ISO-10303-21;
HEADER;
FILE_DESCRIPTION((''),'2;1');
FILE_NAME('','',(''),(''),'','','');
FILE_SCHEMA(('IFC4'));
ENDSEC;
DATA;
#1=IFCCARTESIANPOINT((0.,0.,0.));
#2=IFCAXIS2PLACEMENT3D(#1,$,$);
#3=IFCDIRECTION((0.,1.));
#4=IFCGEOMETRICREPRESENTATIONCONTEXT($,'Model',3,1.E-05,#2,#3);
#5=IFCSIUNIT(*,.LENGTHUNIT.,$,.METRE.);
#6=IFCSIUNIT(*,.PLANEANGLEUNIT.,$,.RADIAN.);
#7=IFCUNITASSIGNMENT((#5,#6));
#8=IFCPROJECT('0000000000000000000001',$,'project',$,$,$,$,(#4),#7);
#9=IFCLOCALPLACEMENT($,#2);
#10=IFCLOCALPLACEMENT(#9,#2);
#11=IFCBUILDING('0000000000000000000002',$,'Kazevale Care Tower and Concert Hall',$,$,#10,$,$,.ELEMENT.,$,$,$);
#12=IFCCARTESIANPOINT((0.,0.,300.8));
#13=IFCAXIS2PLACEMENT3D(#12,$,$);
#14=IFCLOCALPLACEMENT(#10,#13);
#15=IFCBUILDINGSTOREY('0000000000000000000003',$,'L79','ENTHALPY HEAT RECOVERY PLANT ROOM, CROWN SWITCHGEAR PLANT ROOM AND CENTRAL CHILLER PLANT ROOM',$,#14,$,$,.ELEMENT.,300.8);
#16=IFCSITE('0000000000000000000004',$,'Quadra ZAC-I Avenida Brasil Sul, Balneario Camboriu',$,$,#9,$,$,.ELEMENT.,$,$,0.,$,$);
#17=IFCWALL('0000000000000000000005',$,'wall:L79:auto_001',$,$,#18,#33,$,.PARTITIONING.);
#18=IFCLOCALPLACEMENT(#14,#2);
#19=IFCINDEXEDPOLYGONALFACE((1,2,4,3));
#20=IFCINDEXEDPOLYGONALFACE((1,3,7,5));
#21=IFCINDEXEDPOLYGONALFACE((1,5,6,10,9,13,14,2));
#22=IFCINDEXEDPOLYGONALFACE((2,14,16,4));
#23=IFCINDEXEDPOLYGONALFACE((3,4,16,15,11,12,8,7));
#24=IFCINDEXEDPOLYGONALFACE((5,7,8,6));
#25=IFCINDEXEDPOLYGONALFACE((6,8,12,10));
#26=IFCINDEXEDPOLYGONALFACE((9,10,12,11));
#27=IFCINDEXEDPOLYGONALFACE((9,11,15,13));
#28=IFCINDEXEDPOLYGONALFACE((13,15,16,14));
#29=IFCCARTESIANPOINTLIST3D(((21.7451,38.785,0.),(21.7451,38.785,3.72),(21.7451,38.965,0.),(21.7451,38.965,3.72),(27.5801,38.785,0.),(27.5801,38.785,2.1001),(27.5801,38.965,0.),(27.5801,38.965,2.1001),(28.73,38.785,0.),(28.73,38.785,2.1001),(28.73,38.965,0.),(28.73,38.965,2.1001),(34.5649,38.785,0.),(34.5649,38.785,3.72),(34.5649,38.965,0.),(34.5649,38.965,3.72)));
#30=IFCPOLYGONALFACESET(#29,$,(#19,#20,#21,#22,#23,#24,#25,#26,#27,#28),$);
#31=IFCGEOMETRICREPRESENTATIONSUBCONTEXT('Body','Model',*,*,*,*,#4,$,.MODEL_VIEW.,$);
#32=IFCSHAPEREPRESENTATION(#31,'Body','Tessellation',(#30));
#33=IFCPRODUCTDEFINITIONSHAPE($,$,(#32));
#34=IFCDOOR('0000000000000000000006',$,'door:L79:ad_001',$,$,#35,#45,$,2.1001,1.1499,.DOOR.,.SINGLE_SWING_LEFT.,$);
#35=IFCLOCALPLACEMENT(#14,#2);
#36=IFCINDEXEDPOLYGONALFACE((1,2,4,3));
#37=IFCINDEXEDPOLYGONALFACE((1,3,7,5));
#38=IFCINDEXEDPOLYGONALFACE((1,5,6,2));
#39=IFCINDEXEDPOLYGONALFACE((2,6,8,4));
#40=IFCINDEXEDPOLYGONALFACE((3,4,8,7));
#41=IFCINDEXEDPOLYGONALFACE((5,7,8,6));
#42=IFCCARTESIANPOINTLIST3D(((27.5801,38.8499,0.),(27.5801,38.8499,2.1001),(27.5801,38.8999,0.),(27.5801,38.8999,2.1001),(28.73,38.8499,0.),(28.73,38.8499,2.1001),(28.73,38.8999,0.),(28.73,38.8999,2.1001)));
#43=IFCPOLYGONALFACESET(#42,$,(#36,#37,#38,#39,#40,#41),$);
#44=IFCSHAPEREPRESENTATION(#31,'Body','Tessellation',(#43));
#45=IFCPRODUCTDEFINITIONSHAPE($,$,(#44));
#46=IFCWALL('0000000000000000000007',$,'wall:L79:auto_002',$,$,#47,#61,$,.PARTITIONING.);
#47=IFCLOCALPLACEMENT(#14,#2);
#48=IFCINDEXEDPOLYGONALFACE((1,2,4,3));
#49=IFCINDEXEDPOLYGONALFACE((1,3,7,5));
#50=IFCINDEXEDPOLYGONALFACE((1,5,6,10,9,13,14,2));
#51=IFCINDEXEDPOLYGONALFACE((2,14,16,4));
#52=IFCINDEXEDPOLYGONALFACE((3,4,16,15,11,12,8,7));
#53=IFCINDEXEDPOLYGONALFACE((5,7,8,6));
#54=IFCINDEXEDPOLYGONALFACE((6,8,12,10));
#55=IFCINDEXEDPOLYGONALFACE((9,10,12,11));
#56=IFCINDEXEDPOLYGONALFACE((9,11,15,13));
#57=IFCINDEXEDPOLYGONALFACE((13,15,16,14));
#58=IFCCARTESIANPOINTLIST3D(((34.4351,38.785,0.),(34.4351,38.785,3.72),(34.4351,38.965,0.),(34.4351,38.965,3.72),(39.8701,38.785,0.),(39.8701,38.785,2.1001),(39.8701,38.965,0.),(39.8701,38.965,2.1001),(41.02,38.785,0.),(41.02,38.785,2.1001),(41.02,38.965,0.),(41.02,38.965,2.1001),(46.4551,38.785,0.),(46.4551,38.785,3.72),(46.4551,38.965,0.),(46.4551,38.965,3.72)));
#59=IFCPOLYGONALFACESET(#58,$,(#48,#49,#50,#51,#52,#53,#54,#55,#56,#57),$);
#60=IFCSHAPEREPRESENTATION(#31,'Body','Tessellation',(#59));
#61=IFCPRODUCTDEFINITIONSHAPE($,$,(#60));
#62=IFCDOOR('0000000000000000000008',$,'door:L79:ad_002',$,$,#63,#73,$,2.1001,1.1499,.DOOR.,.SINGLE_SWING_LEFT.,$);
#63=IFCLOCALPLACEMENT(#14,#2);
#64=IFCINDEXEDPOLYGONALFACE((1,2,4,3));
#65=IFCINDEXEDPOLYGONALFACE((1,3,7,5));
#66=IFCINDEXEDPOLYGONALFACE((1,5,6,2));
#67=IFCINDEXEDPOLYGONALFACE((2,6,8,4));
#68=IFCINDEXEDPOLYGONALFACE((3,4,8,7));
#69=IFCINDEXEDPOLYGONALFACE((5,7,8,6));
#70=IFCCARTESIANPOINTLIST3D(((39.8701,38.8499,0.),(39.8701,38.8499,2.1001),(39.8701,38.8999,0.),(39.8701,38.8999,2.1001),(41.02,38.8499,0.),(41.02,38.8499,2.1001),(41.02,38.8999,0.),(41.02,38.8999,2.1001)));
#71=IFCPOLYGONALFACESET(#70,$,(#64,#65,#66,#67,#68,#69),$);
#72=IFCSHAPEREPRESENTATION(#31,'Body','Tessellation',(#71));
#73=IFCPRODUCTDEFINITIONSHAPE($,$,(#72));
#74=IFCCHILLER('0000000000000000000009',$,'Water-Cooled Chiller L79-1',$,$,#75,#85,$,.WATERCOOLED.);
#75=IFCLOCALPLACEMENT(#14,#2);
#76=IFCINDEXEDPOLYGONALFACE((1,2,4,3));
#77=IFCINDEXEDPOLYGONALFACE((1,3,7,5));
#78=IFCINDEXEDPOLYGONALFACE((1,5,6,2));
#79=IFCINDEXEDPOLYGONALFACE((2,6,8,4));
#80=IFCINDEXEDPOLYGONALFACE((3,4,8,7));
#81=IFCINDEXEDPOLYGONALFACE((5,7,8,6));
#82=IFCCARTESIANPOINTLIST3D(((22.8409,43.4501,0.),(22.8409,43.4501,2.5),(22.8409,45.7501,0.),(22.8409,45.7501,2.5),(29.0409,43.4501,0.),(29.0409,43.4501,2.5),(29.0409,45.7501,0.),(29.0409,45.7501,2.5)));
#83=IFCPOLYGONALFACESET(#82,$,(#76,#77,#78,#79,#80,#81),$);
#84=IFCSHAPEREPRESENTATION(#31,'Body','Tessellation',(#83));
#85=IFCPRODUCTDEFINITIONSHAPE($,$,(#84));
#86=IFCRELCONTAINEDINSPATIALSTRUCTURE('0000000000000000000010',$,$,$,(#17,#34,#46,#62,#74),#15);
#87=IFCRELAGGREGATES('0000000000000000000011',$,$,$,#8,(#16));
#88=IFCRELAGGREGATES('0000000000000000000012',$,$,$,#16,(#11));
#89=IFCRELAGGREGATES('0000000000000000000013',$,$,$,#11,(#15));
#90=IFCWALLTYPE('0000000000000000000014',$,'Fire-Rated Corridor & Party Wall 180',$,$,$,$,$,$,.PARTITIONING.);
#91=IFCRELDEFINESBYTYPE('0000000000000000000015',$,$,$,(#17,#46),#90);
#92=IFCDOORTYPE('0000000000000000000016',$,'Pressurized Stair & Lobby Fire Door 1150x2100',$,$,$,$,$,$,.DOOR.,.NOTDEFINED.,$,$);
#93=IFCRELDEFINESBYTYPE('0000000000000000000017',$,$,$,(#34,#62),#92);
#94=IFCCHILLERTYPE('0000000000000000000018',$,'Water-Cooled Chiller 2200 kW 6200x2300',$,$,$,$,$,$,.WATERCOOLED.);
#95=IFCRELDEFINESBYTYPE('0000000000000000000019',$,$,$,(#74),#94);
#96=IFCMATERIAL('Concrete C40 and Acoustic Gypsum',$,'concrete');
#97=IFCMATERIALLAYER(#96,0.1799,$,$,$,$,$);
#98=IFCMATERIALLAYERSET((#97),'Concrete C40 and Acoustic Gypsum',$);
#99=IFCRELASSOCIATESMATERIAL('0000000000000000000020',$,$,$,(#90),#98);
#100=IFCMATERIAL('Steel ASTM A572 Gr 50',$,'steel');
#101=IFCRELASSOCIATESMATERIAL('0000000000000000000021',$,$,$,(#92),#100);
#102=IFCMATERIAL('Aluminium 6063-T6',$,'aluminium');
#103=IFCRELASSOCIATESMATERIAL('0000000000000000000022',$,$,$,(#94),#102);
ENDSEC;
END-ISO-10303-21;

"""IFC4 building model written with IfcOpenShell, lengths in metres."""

from ifc_helpers import new_model, si_unit, direction, frame, frame_2d, origin, origin_2d, place, context, subcontext, project, spatial, rectangle, extrude, material, layer, layer_set, type_object, element, fill, save


model = new_model("IFC4")

# Units and contexts
model_context = context("Model", 3, precision=1e-05, world=origin(), true_north=direction((0.0, 1.0)))
body_context = subcontext(model_context, "Body", "Model", "MODEL_VIEW")
ifc_project = project(units=[si_unit("LENGTHUNIT", "METRE"), si_unit("PLANEANGLEUNIT", "RADIAN")], contexts=[model_context])

# Site, building, storey
site_placement = place(None, origin())
site = spatial("IfcSite", under=ifc_project, at=site_placement, Name="Quadra ZAC-I Avenida Brasil Sul, Balneario Camboriu", CompositionType="ELEMENT", RefElevation=0.0)
building_placement = place(site_placement, origin())
building = spatial("IfcBuilding", under=site, at=building_placement, Name="Kazevale Care Tower and Concert Hall", CompositionType="ELEMENT")
storey_placement = place(building_placement, frame((0.0, 0.0, 300.8)))
storey = spatial("IfcBuildingStorey", under=building, at=storey_placement, Name="L79", Description="ENTHALPY HEAT RECOVERY PLANT ROOM, CROWN SWITCHGEAR PLANT ROOM AND CENTRAL CHILLER PLANT ROOM", CompositionType="ELEMENT", Elevation=300.8)

# Shared definitions
ifc_material_1 = material(Name="Steel ASTM A572 Gr 50", Category="steel")

# Shared definitions
ifc_material_2 = material(Name="Aluminium 6063-T6", Category="aluminium")

# Walls, openings, doors
ifc_material_3 = material(Name="Concrete C40 and Acoustic Gypsum", Category="concrete")
ifc_layer_1 = layer(ifc_material_3, 0.1799)
ifc_layer_set_1 = layer_set([ifc_layer_1], Name="Concrete C40 and Acoustic Gypsum")
wall_type_1 = type_object("IfcWallType", Name="Fire-Rated Corridor & Party Wall 180", PredefinedType="PARTITIONING", material=ifc_layer_set_1)
wall_1_placement = place(storey_placement, frame((21.7451, 38.875, 0.0), z_axis=(0.0, 0.0, 1.0), x_axis=(1.0, 0.0, 0.0)))
wall_1 = element("IfcWall", 1, at=wall_1_placement, inside=storey, type_object=wall_type_1, Name="wall:L79:auto_001", PredefinedType="PARTITIONING", context=body_context, shape_type="SweptSolid", body=[
    extrude(rectangle(XDim=12.8198, YDim=0.1799, at=frame_2d((6.4099, 0.0))), origin(), (0.0, 0.0, 1.0), 3.72),
])
opening_1_placement = place(wall_1_placement, frame((5.835, 0.0, 0.0)))
opening_1 = element("IfcOpeningElement", 2, at=opening_1_placement, cuts=wall_1, PredefinedType="OPENING", context=body_context, shape_type="SweptSolid", body=[
    extrude(rectangle(XDim=1.1499, YDim=2.1001, at=frame_2d((0.575, 1.05))), frame((0.0, 0.0999, 0.0), z_axis=(0.0, -1.0, 0.0), x_axis=(1.0, 0.0, 0.0)), (0.0, 0.0, 1.0), 0.2),
])
door_type = type_object("IfcDoorType", Name="Pressurized Stair & Lobby Fire Door 1150x2100", OperationType="NOTDEFINED", PredefinedType="DOOR", material=ifc_material_1)
door_1_placement = place(opening_1_placement, origin())
door_1 = element("IfcDoor", 3, at=door_1_placement, inside=storey, type_object=door_type, Name="door:L79:ad_001", OperationType="SINGLE_SWING_LEFT", OverallHeight=2.1001, OverallWidth=1.1499, PredefinedType="DOOR", context=body_context, shape_type="SweptSolid", body=[
    extrude(rectangle(XDim=1.1499, YDim=2.1001, at=frame_2d((0.575, 1.05))), frame((0.0, 0.0249, 0.0), z_axis=(0.0, -1.0, 0.0), x_axis=(1.0, 0.0, 0.0)), (0.0, 0.0, 1.0), 0.05),
])
fill(opening_1, door_1)
wall_2_placement = place(storey_placement, frame((34.4351, 38.875, 0.0), z_axis=(0.0, 0.0, 1.0), x_axis=(1.0, 0.0, 0.0)))
wall_2 = element("IfcWall", 4, at=wall_2_placement, inside=storey, type_object=wall_type_1, Name="wall:L79:auto_002", PredefinedType="PARTITIONING", context=body_context, shape_type="SweptSolid", body=[
    extrude(rectangle(XDim=12.02, YDim=0.1799, at=frame_2d((6.01, 0.0))), origin(), (0.0, 0.0, 1.0), 3.72),
])
opening_2_placement = place(wall_2_placement, frame((5.4351, 0.0, 0.0)))
opening_2 = element("IfcOpeningElement", 5, at=opening_2_placement, cuts=wall_2, PredefinedType="OPENING", context=body_context, shape_type="SweptSolid", body=[
    extrude(rectangle(XDim=1.1499, YDim=2.1001, at=frame_2d((0.575, 1.05))), frame((0.0, 0.0999, 0.0), z_axis=(0.0, -1.0, 0.0), x_axis=(1.0, 0.0, 0.0)), (0.0, 0.0, 1.0), 0.2),
])
door_2_placement = place(opening_2_placement, origin())
door_2 = element("IfcDoor", 6, at=door_2_placement, inside=storey, type_object=door_type, Name="door:L79:ad_002", OperationType="SINGLE_SWING_LEFT", OverallHeight=2.1001, OverallWidth=1.1499, PredefinedType="DOOR", context=body_context, shape_type="SweptSolid", body=[
    extrude(rectangle(XDim=1.1499, YDim=2.1001, at=frame_2d((0.575, 1.05))), frame((0.0, 0.0249, 0.0), z_axis=(0.0, -1.0, 0.0), x_axis=(1.0, 0.0, 0.0)), (0.0, 0.0, 1.0), 0.05),
])
fill(opening_2, door_2)

# Chiller
chiller_type = type_object("IfcChillerType", Name="Water-Cooled Chiller 2200 kW 6200x2300", PredefinedType="WATERCOOLED", material=ifc_material_2)
chiller_placement = place(storey_placement, frame((25.9409, 44.6001, 0.0), z_axis=(0.0, 0.0, 1.0), x_axis=(1.0, 0.0, 0.0)))
element("IfcChiller", 7, at=chiller_placement, inside=storey, type_object=chiller_type, Name="Water-Cooled Chiller L79-1", PredefinedType="WATERCOOLED", context=body_context, shape_type="SweptSolid", body=[
    extrude(rectangle(XDim=6.2, YDim=2.3, at=origin_2d()), origin(), (0.0, 0.0, 1.0), 2.5),
])

save(model, "model.ifc")
